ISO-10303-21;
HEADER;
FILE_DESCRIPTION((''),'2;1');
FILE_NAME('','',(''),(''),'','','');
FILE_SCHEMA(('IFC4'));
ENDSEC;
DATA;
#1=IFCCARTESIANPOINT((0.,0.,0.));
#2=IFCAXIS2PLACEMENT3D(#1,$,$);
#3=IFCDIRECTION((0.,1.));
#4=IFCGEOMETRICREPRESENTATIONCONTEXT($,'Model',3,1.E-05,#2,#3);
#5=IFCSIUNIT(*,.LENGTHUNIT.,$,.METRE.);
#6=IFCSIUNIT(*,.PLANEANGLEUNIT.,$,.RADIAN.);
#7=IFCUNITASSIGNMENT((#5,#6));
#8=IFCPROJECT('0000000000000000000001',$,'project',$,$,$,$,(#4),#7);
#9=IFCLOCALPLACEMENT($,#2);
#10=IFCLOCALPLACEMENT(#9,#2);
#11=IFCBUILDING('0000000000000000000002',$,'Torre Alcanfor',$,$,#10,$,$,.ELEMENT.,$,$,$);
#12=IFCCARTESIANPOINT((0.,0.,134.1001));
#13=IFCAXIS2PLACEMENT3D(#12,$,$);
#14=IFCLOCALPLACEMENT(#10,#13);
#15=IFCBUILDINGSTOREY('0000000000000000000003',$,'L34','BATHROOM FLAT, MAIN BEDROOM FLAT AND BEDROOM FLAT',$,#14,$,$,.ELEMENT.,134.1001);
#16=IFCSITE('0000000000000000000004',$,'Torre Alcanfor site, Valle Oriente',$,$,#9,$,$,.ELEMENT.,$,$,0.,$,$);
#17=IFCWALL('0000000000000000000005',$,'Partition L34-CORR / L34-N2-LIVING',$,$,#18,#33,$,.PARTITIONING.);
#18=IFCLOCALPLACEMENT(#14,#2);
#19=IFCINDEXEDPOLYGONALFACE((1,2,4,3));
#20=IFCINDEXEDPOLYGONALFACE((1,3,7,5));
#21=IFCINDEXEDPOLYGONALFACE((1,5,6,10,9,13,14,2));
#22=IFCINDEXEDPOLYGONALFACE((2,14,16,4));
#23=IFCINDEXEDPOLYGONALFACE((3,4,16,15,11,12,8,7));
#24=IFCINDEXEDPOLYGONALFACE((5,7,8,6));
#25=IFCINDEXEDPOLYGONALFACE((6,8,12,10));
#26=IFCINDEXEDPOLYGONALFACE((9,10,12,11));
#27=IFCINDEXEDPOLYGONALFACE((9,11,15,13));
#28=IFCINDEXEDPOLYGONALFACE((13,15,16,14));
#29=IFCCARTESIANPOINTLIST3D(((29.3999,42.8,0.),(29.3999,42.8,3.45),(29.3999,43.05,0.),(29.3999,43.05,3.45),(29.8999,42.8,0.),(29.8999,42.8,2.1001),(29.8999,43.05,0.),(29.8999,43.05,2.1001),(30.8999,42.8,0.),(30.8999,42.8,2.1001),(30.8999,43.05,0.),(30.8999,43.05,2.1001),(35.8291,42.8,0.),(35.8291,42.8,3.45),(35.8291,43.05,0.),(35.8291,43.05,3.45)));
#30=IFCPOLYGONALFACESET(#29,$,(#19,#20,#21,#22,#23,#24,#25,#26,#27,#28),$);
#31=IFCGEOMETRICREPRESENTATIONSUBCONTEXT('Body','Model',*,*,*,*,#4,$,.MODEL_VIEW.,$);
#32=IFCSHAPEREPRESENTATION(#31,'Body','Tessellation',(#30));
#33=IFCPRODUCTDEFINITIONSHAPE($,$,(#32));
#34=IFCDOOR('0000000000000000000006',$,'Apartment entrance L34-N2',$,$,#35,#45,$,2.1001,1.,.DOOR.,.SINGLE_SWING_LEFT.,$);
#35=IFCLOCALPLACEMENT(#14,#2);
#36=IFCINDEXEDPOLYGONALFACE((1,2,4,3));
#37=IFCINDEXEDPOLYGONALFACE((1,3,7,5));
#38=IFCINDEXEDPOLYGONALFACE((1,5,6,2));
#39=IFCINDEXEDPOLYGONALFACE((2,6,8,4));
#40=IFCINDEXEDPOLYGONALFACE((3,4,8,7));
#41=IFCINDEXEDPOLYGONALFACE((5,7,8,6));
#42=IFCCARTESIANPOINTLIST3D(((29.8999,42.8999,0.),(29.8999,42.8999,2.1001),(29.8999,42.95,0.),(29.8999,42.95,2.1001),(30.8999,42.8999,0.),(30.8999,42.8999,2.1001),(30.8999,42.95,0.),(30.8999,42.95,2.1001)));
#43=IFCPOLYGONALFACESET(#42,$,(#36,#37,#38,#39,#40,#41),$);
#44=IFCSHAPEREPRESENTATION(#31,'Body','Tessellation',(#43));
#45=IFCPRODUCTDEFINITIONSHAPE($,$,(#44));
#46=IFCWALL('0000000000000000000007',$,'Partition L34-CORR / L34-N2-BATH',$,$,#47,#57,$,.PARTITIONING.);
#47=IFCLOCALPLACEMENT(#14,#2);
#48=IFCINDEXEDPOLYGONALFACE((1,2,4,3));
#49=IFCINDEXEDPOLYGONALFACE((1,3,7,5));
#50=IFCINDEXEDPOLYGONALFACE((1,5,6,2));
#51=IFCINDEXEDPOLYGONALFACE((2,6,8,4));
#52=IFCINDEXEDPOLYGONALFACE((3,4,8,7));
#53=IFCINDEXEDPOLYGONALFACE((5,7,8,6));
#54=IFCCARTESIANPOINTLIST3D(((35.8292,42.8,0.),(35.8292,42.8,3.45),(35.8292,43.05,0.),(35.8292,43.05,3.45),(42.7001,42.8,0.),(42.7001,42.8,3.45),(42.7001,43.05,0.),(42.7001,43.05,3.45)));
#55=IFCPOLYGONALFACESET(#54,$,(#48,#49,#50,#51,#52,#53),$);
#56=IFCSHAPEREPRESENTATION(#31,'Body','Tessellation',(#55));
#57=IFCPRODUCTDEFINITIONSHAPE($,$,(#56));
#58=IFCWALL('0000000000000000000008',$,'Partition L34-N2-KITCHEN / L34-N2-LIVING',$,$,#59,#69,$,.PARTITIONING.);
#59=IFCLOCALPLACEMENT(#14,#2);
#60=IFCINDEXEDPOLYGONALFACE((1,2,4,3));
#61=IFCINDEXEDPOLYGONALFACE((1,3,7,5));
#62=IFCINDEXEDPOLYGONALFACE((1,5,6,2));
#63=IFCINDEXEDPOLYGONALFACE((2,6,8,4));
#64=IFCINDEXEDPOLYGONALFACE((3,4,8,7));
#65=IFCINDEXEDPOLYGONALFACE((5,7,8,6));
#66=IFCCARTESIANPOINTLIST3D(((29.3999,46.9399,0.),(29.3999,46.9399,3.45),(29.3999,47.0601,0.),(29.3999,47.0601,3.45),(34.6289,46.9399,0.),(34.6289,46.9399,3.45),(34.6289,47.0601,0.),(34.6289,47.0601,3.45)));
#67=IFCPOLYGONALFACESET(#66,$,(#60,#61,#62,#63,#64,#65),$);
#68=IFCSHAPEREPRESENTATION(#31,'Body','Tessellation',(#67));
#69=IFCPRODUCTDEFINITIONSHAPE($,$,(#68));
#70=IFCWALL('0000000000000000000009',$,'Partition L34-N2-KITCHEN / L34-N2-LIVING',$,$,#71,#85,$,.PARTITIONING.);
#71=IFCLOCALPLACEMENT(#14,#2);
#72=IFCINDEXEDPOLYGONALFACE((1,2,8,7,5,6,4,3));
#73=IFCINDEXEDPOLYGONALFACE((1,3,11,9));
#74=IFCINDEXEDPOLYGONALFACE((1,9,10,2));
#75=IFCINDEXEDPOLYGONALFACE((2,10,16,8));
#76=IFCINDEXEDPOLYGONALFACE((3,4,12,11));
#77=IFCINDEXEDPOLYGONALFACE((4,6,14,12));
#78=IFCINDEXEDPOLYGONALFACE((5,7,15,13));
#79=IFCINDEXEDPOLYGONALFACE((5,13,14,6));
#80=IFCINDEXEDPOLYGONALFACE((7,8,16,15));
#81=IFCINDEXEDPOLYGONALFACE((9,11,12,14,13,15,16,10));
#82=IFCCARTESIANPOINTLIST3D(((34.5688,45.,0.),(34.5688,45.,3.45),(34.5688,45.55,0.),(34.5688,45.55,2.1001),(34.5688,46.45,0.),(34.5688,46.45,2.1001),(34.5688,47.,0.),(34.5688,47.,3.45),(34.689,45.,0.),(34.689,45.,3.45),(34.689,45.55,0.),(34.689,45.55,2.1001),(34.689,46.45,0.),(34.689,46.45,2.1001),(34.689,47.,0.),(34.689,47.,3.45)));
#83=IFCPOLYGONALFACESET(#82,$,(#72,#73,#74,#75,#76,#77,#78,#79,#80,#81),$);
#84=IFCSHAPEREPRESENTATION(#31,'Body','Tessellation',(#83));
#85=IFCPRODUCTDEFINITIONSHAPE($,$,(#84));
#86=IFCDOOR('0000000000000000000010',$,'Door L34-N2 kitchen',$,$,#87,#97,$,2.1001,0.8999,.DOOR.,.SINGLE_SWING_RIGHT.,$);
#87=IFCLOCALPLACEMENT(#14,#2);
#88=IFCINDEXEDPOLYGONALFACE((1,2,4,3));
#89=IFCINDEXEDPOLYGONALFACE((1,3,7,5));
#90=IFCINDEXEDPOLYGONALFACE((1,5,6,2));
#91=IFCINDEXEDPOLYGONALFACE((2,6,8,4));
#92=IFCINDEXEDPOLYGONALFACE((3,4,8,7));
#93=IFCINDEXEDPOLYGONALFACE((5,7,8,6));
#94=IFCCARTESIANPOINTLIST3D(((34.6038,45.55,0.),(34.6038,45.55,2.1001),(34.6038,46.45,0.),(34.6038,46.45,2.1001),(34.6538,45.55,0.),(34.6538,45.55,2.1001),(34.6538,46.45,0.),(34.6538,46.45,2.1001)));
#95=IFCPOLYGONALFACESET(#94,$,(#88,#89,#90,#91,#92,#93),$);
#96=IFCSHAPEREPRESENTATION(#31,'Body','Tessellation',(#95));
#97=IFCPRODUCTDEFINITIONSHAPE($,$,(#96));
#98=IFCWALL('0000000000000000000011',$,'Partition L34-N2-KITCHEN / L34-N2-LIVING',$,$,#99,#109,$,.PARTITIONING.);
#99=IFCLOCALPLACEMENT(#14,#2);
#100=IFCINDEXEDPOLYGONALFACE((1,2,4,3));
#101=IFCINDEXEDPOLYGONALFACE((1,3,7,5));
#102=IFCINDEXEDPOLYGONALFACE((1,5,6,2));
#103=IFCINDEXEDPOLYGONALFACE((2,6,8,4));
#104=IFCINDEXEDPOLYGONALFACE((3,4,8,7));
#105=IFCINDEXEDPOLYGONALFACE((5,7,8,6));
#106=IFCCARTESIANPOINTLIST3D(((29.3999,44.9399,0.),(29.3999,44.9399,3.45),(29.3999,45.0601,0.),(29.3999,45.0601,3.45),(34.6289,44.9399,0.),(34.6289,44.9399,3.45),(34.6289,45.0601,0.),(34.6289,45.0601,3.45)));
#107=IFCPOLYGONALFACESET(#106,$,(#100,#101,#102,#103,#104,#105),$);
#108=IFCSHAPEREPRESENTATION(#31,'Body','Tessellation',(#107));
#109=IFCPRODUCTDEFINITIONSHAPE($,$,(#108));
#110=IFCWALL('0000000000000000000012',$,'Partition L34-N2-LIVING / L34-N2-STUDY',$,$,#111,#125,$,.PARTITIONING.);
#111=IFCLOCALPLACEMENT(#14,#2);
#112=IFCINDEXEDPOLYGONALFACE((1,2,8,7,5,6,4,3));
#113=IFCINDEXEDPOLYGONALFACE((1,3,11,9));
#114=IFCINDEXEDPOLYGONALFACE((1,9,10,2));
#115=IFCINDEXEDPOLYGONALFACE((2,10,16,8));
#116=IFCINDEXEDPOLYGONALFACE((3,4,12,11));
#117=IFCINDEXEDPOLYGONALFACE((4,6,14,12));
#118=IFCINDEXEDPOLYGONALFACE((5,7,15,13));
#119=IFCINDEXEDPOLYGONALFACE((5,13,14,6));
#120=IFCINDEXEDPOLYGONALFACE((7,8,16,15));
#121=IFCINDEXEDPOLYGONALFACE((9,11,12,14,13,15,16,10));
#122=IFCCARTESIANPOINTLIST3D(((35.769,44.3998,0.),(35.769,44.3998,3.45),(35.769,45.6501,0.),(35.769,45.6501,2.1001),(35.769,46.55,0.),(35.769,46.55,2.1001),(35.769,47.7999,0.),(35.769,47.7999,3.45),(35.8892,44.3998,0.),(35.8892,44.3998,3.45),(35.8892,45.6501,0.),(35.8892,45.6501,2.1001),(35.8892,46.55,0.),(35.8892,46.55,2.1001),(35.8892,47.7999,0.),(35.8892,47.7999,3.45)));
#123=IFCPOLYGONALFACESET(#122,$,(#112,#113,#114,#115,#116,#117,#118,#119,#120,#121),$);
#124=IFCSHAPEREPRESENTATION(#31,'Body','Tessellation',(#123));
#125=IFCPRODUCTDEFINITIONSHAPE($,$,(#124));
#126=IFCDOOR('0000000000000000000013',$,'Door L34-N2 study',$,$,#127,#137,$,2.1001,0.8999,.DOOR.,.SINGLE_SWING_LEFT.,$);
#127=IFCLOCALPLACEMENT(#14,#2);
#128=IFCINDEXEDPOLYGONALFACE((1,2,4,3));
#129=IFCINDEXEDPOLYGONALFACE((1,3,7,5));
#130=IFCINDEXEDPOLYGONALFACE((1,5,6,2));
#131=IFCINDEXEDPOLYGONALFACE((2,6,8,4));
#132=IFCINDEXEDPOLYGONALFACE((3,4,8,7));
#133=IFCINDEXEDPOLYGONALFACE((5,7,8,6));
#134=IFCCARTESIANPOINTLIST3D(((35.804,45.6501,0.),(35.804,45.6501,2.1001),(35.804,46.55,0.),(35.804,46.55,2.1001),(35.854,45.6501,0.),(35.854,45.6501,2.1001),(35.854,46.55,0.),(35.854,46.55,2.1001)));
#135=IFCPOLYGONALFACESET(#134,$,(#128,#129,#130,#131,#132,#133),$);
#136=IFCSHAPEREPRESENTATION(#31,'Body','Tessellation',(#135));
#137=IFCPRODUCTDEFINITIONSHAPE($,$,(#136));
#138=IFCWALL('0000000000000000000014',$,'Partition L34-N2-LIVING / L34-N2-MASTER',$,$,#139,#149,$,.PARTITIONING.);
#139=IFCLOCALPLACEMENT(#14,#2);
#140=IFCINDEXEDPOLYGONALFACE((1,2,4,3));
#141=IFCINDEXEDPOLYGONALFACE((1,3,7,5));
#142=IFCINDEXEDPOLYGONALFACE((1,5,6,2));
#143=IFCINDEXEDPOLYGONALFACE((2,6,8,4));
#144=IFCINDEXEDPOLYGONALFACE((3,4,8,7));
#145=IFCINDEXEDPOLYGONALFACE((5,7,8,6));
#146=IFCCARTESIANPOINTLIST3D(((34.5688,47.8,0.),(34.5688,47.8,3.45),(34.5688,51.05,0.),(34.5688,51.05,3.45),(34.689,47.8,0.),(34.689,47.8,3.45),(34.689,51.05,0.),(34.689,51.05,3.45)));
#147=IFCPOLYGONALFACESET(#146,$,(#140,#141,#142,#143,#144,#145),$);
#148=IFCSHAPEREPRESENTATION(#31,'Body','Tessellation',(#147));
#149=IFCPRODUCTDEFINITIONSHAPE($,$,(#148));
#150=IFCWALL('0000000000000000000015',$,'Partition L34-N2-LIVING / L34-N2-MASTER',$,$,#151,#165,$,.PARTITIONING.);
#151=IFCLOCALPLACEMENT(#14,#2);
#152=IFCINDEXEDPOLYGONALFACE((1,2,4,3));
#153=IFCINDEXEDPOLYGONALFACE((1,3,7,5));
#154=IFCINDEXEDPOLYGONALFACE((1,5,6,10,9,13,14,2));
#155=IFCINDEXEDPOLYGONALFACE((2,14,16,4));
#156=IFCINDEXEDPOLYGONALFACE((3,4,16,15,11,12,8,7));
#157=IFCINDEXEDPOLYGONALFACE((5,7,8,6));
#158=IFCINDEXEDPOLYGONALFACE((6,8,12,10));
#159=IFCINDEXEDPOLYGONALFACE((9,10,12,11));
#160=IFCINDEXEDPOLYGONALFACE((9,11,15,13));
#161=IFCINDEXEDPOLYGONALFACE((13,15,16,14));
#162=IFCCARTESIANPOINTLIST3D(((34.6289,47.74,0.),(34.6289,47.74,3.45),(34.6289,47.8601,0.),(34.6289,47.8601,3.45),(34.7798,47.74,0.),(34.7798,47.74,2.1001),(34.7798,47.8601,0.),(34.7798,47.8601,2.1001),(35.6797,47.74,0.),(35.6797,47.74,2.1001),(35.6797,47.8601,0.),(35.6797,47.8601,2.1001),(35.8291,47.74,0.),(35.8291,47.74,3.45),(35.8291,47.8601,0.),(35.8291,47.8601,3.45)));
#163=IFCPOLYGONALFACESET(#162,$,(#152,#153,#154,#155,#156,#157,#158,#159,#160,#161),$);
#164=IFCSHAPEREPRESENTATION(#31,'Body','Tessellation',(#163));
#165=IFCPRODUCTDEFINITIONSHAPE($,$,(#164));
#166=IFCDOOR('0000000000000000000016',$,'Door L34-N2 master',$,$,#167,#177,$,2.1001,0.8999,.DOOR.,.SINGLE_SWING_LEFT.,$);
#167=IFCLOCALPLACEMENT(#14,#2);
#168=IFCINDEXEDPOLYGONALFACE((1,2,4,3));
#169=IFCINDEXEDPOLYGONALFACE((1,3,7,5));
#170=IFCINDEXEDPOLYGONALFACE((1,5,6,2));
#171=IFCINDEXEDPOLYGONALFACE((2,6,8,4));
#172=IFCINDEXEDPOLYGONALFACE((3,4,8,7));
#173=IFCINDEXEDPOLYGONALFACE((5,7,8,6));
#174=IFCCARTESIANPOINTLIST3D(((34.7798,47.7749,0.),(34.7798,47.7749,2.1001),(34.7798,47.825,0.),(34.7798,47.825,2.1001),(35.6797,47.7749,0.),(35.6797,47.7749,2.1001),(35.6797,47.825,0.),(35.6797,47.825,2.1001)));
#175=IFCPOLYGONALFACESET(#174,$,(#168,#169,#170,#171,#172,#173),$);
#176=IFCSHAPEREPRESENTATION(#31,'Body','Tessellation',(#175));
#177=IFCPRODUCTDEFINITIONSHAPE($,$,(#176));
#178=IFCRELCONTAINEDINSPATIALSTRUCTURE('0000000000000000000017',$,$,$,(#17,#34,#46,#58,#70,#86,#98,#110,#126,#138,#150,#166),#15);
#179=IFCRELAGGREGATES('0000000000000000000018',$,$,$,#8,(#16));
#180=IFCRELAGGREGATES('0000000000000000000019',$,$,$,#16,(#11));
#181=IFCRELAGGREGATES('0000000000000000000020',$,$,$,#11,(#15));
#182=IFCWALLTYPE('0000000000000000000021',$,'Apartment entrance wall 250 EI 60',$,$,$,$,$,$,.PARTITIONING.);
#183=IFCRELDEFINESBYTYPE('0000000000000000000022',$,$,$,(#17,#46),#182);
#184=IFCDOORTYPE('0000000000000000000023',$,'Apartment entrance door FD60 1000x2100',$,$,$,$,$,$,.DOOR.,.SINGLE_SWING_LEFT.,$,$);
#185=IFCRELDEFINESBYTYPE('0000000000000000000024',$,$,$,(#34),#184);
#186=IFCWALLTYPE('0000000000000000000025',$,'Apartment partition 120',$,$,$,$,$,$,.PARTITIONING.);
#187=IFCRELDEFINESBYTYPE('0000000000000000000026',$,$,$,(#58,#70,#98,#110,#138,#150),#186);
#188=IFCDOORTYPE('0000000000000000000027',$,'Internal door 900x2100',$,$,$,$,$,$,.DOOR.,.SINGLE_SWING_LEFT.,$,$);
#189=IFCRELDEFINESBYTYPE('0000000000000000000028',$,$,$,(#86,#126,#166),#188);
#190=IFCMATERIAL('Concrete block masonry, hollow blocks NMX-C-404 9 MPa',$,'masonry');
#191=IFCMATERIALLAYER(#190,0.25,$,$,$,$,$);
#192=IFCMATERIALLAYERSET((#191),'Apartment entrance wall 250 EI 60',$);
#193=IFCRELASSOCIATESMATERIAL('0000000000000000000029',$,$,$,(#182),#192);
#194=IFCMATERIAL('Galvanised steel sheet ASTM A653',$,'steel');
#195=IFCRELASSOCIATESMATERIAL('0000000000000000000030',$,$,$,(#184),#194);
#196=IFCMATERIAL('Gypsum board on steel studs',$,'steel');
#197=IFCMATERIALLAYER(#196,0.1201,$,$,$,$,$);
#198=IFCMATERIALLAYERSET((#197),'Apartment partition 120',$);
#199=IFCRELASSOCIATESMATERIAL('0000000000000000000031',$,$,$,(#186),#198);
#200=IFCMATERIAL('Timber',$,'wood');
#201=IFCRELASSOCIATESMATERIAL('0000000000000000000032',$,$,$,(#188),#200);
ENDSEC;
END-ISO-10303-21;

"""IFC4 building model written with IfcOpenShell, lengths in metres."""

from ifc_helpers import new_model, si_unit, direction, frame, frame_2d, origin, place, context, subcontext, project, spatial, rectangle, extrude, material, layer, layer_set, type_object, element, fill, save


model = new_model("IFC4")

# Units and contexts
model_context = context("Model", 3, precision=1e-05, world=origin(), true_north=direction((0.0, 1.0)))
body_context = subcontext(model_context, "Body", "Model", "MODEL_VIEW")
ifc_project = project(units=[si_unit("LENGTHUNIT", "METRE"), si_unit("PLANEANGLEUNIT", "RADIAN")], contexts=[model_context])

# Site, building, storey
site_placement = place(None, origin())
site = spatial("IfcSite", under=ifc_project, at=site_placement, Name="Torre Alcanfor site, Valle Oriente", CompositionType="ELEMENT", RefElevation=0.0)
building_placement = place(site_placement, origin())
building = spatial("IfcBuilding", under=site, at=building_placement, Name="Torre Alcanfor", CompositionType="ELEMENT")
storey_placement = place(building_placement, frame((0.0, 0.0, 134.1001)))
storey = spatial("IfcBuildingStorey", under=building, at=storey_placement, Name="L34", Description="BATHROOM FLAT, MAIN BEDROOM FLAT AND BEDROOM FLAT", CompositionType="ELEMENT", Elevation=134.1001)

# Wall, opening, door
ifc_material_1 = material(Name="Concrete block masonry, hollow blocks NMX-C-404 9 MPa", Category="masonry")
ifc_layer_1 = layer(ifc_material_1, 0.25)
ifc_layer_set_1 = layer_set([ifc_layer_1], Name="Apartment entrance wall 250 EI 60")
wall_type_1 = type_object("IfcWallType", Name="Apartment entrance wall 250 EI 60", PredefinedType="PARTITIONING", material=ifc_layer_set_1)
wall_1_placement = place(storey_placement, frame((29.3999, 42.925, 0.0), z_axis=(0.0, 0.0, 1.0), x_axis=(1.0, 0.0, 0.0)))
wall_1 = element("IfcWall", 1, at=wall_1_placement, inside=storey, type_object=wall_type_1, Name="Partition L34-CORR / L34-N2-LIVING", PredefinedType="PARTITIONING", context=body_context, shape_type="SweptSolid", body=[
    extrude(rectangle(XDim=6.4292, YDim=0.25, at=frame_2d((3.2146, 0.0))), origin(), (0.0, 0.0, 1.0), 3.45),
])
opening_1_placement = place(wall_1_placement, frame((0.5, 0.0, 0.0)))
opening_1 = element("IfcOpeningElement", 2, at=opening_1_placement, cuts=wall_1, PredefinedType="OPENING", context=body_context, shape_type="SweptSolid", body=[
    extrude(rectangle(XDim=1.0, YDim=2.1001, at=frame_2d((0.5, 1.05))), frame((0.0, 0.135, 0.0), z_axis=(0.0, -1.0, 0.0), x_axis=(1.0, 0.0, 0.0)), (0.0, 0.0, 1.0), 0.27),
])
ifc_material_2 = material(Name="Galvanised steel sheet ASTM A653", Category="steel")
door_type_1 = type_object("IfcDoorType", Name="Apartment entrance door FD60 1000x2100", OperationType="SINGLE_SWING_LEFT", PredefinedType="DOOR", material=ifc_material_2)
door_1_placement = place(opening_1_placement, origin())
door_1 = element("IfcDoor", 3, at=door_1_placement, inside=storey, type_object=door_type_1, Name="Apartment entrance L34-N2", OperationType="SINGLE_SWING_LEFT", OverallHeight=2.1001, OverallWidth=1.0, PredefinedType="DOOR", context=body_context, shape_type="SweptSolid", body=[
    extrude(rectangle(XDim=1.0, YDim=2.1001, at=frame_2d((0.5, 1.05))), frame((0.0, 0.0249, 0.0), z_axis=(0.0, -1.0, 0.0), x_axis=(1.0, 0.0, 0.0)), (0.0, 0.0, 1.0), 0.05),
])
fill(opening_1, door_1)

# Walls
wall_2_placement = place(storey_placement, frame((35.8291, 42.925, 0.0), z_axis=(0.0, 0.0, 1.0), x_axis=(1.0, 0.0, 0.0)))
element("IfcWall", 4, at=wall_2_placement, inside=storey, type_object=wall_type_1, Name="Partition L34-CORR / L34-N2-BATH", PredefinedType="PARTITIONING", context=body_context, shape_type="SweptSolid", body=[
    extrude(rectangle(XDim=6.8708, YDim=0.25, at=frame_2d((3.4355, 0.0))), origin(), (0.0, 0.0, 1.0), 3.45),
])
ifc_material_3 = material(Name="Gypsum board on steel studs", Category="steel")
ifc_layer_2 = layer(ifc_material_3, 0.1201)
ifc_layer_set_2 = layer_set([ifc_layer_2], Name="Apartment partition 120")
wall_type_2 = type_object("IfcWallType", Name="Apartment partition 120", PredefinedType="PARTITIONING", material=ifc_layer_set_2)
wall_3_placement = place(storey_placement, frame((29.3999, 47.0, 0.0), z_axis=(0.0, 0.0, 1.0), x_axis=(1.0, 0.0, 0.0)))
element("IfcWall", 5, at=wall_3_placement, inside=storey, type_object=wall_type_2, Name="Partition L34-N2-KITCHEN / L34-N2-LIVING", PredefinedType="PARTITIONING", context=body_context, shape_type="SweptSolid", body=[
    extrude(rectangle(XDim=5.229, YDim=0.1201, at=frame_2d((2.6145, 0.0))), origin(), (0.0, 0.0, 1.0), 3.45),
])

# Wall, opening, door
wall_4_placement = place(storey_placement, frame((34.6289, 47.0, 0.0), z_axis=(0.0, 0.0, 1.0), x_axis=(0.0, -1.0, 0.0)))
wall_4 = element("IfcWall", 6, at=wall_4_placement, inside=storey, type_object=wall_type_2, Name="Partition L34-N2-KITCHEN / L34-N2-LIVING", PredefinedType="PARTITIONING", context=body_context, shape_type="SweptSolid", body=[
    extrude(rectangle(XDim=2.0, YDim=0.1201, at=frame_2d((1.0, 0.0))), origin(), (0.0, 0.0, 1.0), 3.45),
])
opening_2_placement = place(wall_4_placement, frame((0.55, 0.0, 0.0)))
opening_2 = element("IfcOpeningElement", 7, at=opening_2_placement, cuts=wall_4, PredefinedType="OPENING", context=body_context, shape_type="SweptSolid", body=[
    extrude(rectangle(XDim=0.8999, YDim=2.1001, at=frame_2d((0.45, 1.05))), frame((0.0, 0.0701, 0.0), z_axis=(0.0, -1.0, 0.0), x_axis=(1.0, 0.0, 0.0)), (0.0, 0.0, 1.0), 0.1401),
])
ifc_material_4 = material(Name="Timber", Category="wood")
door_type_2 = type_object("IfcDoorType", Name="Internal door 900x2100", OperationType="SINGLE_SWING_LEFT", PredefinedType="DOOR", material=ifc_material_4)
door_2_placement = place(opening_2_placement, frame((0.8999, 0.0, 0.0), z_axis=(0.0, 0.0, 1.0), x_axis=(-1.0, 0.0, 0.0)))
door_2 = element("IfcDoor", 8, at=door_2_placement, inside=storey, type_object=door_type_2, Name="Door L34-N2 kitchen", OperationType="SINGLE_SWING_RIGHT", OverallHeight=2.1001, OverallWidth=0.8999, PredefinedType="DOOR", context=body_context, shape_type="SweptSolid", body=[
    extrude(rectangle(XDim=0.8999, YDim=2.1001, at=frame_2d((0.45, 1.05))), frame((0.0, 0.0251, 0.0), z_axis=(0.0, -1.0, 0.0), x_axis=(1.0, 0.0, 0.0)), (0.0, 0.0, 1.0), 0.05),
])
fill(opening_2, door_2)

# Wall
wall_5_placement = place(storey_placement, frame((34.6289, 45.0, 0.0), z_axis=(0.0, 0.0, 1.0), x_axis=(-1.0, 0.0, 0.0)))
element("IfcWall", 9, at=wall_5_placement, inside=storey, type_object=wall_type_2, Name="Partition L34-N2-KITCHEN / L34-N2-LIVING", PredefinedType="PARTITIONING", context=body_context, shape_type="SweptSolid", body=[
    extrude(rectangle(XDim=5.229, YDim=0.1201, at=frame_2d((2.6145, 0.0))), origin(), (0.0, 0.0, 1.0), 3.45),
])

# Wall, opening, door
wall_6_placement = place(storey_placement, frame((35.8291, 47.8, 0.0), z_axis=(0.0, 0.0, 1.0), x_axis=(0.0, -1.0, 0.0)))
wall_6 = element("IfcWall", 10, at=wall_6_placement, inside=storey, type_object=wall_type_2, Name="Partition L34-N2-LIVING / L34-N2-STUDY", PredefinedType="PARTITIONING", context=body_context, shape_type="SweptSolid", body=[
    extrude(rectangle(XDim=3.4001, YDim=0.1201, at=frame_2d((1.7002, 0.0))), origin(), (0.0, 0.0, 1.0), 3.45),
])
opening_3_placement = place(wall_6_placement, frame((1.25, 0.0, 0.0)))
opening_3 = element("IfcOpeningElement", 11, at=opening_3_placement, cuts=wall_6, PredefinedType="OPENING", context=body_context, shape_type="SweptSolid", body=[
    extrude(rectangle(XDim=0.8999, YDim=2.1001, at=frame_2d((0.45, 1.05))), frame((0.0, 0.0701, 0.0), z_axis=(0.0, -1.0, 0.0), x_axis=(1.0, 0.0, 0.0)), (0.0, 0.0, 1.0), 0.1401),
])
door_3_placement = place(opening_3_placement, origin())
door_3 = element("IfcDoor", 12, at=door_3_placement, inside=storey, type_object=door_type_2, Name="Door L34-N2 study", OperationType="SINGLE_SWING_LEFT", OverallHeight=2.1001, OverallWidth=0.8999, PredefinedType="DOOR", context=body_context, shape_type="SweptSolid", body=[
    extrude(rectangle(XDim=0.8999, YDim=2.1001, at=frame_2d((0.45, 1.05))), frame((0.0, 0.0249, 0.0), z_axis=(0.0, -1.0, 0.0), x_axis=(1.0, 0.0, 0.0)), (0.0, 0.0, 1.0), 0.05),
])
fill(opening_3, door_3)

# Wall
wall_7_placement = place(storey_placement, frame((34.6289, 51.05, 0.0), z_axis=(0.0, 0.0, 1.0), x_axis=(0.0, -1.0, 0.0)))
element("IfcWall", 13, at=wall_7_placement, inside=storey, type_object=wall_type_2, Name="Partition L34-N2-LIVING / L34-N2-MASTER", PredefinedType="PARTITIONING", context=body_context, shape_type="SweptSolid", body=[
    extrude(rectangle(XDim=3.25, YDim=0.1201, at=frame_2d((1.625, 0.0))), origin(), (0.0, 0.0, 1.0), 3.45),
])

# Wall, opening, door
wall_8_placement = place(storey_placement, frame((34.6289, 47.8, 0.0), z_axis=(0.0, 0.0, 1.0), x_axis=(1.0, 0.0, 0.0)))
wall_8 = element("IfcWall", 14, at=wall_8_placement, inside=storey, type_object=wall_type_2, Name="Partition L34-N2-LIVING / L34-N2-MASTER", PredefinedType="PARTITIONING", context=body_context, shape_type="SweptSolid", body=[
    extrude(rectangle(XDim=1.2002, YDim=0.1201, at=frame_2d((0.6001, 0.0))), origin(), (0.0, 0.0, 1.0), 3.45),
])
opening_4_placement = place(wall_8_placement, frame((0.1509, 0.0, 0.0)))
opening_4 = element("IfcOpeningElement", 15, at=opening_4_placement, cuts=wall_8, PredefinedType="OPENING", context=body_context, shape_type="SweptSolid", body=[
    extrude(rectangle(XDim=0.8999, YDim=2.1001, at=frame_2d((0.45, 1.05))), frame((0.0, 0.0701, 0.0), z_axis=(0.0, -1.0, 0.0), x_axis=(1.0, 0.0, 0.0)), (0.0, 0.0, 1.0), 0.1401),
])
door_4_placement = place(opening_4_placement, origin())
door_4 = element("IfcDoor", 16, at=door_4_placement, inside=storey, type_object=door_type_2, Name="Door L34-N2 master", OperationType="SINGLE_SWING_LEFT", OverallHeight=2.1001, OverallWidth=0.8999, PredefinedType="DOOR", context=body_context, shape_type="SweptSolid", body=[
    extrude(rectangle(XDim=0.8999, YDim=2.1001, at=frame_2d((0.45, 1.05))), frame((0.0, 0.0249, 0.0), z_axis=(0.0, -1.0, 0.0), x_axis=(1.0, 0.0, 0.0)), (0.0, 0.0, 1.0), 0.05),
])
fill(opening_4, door_4)

save(model, "model.ifc")
